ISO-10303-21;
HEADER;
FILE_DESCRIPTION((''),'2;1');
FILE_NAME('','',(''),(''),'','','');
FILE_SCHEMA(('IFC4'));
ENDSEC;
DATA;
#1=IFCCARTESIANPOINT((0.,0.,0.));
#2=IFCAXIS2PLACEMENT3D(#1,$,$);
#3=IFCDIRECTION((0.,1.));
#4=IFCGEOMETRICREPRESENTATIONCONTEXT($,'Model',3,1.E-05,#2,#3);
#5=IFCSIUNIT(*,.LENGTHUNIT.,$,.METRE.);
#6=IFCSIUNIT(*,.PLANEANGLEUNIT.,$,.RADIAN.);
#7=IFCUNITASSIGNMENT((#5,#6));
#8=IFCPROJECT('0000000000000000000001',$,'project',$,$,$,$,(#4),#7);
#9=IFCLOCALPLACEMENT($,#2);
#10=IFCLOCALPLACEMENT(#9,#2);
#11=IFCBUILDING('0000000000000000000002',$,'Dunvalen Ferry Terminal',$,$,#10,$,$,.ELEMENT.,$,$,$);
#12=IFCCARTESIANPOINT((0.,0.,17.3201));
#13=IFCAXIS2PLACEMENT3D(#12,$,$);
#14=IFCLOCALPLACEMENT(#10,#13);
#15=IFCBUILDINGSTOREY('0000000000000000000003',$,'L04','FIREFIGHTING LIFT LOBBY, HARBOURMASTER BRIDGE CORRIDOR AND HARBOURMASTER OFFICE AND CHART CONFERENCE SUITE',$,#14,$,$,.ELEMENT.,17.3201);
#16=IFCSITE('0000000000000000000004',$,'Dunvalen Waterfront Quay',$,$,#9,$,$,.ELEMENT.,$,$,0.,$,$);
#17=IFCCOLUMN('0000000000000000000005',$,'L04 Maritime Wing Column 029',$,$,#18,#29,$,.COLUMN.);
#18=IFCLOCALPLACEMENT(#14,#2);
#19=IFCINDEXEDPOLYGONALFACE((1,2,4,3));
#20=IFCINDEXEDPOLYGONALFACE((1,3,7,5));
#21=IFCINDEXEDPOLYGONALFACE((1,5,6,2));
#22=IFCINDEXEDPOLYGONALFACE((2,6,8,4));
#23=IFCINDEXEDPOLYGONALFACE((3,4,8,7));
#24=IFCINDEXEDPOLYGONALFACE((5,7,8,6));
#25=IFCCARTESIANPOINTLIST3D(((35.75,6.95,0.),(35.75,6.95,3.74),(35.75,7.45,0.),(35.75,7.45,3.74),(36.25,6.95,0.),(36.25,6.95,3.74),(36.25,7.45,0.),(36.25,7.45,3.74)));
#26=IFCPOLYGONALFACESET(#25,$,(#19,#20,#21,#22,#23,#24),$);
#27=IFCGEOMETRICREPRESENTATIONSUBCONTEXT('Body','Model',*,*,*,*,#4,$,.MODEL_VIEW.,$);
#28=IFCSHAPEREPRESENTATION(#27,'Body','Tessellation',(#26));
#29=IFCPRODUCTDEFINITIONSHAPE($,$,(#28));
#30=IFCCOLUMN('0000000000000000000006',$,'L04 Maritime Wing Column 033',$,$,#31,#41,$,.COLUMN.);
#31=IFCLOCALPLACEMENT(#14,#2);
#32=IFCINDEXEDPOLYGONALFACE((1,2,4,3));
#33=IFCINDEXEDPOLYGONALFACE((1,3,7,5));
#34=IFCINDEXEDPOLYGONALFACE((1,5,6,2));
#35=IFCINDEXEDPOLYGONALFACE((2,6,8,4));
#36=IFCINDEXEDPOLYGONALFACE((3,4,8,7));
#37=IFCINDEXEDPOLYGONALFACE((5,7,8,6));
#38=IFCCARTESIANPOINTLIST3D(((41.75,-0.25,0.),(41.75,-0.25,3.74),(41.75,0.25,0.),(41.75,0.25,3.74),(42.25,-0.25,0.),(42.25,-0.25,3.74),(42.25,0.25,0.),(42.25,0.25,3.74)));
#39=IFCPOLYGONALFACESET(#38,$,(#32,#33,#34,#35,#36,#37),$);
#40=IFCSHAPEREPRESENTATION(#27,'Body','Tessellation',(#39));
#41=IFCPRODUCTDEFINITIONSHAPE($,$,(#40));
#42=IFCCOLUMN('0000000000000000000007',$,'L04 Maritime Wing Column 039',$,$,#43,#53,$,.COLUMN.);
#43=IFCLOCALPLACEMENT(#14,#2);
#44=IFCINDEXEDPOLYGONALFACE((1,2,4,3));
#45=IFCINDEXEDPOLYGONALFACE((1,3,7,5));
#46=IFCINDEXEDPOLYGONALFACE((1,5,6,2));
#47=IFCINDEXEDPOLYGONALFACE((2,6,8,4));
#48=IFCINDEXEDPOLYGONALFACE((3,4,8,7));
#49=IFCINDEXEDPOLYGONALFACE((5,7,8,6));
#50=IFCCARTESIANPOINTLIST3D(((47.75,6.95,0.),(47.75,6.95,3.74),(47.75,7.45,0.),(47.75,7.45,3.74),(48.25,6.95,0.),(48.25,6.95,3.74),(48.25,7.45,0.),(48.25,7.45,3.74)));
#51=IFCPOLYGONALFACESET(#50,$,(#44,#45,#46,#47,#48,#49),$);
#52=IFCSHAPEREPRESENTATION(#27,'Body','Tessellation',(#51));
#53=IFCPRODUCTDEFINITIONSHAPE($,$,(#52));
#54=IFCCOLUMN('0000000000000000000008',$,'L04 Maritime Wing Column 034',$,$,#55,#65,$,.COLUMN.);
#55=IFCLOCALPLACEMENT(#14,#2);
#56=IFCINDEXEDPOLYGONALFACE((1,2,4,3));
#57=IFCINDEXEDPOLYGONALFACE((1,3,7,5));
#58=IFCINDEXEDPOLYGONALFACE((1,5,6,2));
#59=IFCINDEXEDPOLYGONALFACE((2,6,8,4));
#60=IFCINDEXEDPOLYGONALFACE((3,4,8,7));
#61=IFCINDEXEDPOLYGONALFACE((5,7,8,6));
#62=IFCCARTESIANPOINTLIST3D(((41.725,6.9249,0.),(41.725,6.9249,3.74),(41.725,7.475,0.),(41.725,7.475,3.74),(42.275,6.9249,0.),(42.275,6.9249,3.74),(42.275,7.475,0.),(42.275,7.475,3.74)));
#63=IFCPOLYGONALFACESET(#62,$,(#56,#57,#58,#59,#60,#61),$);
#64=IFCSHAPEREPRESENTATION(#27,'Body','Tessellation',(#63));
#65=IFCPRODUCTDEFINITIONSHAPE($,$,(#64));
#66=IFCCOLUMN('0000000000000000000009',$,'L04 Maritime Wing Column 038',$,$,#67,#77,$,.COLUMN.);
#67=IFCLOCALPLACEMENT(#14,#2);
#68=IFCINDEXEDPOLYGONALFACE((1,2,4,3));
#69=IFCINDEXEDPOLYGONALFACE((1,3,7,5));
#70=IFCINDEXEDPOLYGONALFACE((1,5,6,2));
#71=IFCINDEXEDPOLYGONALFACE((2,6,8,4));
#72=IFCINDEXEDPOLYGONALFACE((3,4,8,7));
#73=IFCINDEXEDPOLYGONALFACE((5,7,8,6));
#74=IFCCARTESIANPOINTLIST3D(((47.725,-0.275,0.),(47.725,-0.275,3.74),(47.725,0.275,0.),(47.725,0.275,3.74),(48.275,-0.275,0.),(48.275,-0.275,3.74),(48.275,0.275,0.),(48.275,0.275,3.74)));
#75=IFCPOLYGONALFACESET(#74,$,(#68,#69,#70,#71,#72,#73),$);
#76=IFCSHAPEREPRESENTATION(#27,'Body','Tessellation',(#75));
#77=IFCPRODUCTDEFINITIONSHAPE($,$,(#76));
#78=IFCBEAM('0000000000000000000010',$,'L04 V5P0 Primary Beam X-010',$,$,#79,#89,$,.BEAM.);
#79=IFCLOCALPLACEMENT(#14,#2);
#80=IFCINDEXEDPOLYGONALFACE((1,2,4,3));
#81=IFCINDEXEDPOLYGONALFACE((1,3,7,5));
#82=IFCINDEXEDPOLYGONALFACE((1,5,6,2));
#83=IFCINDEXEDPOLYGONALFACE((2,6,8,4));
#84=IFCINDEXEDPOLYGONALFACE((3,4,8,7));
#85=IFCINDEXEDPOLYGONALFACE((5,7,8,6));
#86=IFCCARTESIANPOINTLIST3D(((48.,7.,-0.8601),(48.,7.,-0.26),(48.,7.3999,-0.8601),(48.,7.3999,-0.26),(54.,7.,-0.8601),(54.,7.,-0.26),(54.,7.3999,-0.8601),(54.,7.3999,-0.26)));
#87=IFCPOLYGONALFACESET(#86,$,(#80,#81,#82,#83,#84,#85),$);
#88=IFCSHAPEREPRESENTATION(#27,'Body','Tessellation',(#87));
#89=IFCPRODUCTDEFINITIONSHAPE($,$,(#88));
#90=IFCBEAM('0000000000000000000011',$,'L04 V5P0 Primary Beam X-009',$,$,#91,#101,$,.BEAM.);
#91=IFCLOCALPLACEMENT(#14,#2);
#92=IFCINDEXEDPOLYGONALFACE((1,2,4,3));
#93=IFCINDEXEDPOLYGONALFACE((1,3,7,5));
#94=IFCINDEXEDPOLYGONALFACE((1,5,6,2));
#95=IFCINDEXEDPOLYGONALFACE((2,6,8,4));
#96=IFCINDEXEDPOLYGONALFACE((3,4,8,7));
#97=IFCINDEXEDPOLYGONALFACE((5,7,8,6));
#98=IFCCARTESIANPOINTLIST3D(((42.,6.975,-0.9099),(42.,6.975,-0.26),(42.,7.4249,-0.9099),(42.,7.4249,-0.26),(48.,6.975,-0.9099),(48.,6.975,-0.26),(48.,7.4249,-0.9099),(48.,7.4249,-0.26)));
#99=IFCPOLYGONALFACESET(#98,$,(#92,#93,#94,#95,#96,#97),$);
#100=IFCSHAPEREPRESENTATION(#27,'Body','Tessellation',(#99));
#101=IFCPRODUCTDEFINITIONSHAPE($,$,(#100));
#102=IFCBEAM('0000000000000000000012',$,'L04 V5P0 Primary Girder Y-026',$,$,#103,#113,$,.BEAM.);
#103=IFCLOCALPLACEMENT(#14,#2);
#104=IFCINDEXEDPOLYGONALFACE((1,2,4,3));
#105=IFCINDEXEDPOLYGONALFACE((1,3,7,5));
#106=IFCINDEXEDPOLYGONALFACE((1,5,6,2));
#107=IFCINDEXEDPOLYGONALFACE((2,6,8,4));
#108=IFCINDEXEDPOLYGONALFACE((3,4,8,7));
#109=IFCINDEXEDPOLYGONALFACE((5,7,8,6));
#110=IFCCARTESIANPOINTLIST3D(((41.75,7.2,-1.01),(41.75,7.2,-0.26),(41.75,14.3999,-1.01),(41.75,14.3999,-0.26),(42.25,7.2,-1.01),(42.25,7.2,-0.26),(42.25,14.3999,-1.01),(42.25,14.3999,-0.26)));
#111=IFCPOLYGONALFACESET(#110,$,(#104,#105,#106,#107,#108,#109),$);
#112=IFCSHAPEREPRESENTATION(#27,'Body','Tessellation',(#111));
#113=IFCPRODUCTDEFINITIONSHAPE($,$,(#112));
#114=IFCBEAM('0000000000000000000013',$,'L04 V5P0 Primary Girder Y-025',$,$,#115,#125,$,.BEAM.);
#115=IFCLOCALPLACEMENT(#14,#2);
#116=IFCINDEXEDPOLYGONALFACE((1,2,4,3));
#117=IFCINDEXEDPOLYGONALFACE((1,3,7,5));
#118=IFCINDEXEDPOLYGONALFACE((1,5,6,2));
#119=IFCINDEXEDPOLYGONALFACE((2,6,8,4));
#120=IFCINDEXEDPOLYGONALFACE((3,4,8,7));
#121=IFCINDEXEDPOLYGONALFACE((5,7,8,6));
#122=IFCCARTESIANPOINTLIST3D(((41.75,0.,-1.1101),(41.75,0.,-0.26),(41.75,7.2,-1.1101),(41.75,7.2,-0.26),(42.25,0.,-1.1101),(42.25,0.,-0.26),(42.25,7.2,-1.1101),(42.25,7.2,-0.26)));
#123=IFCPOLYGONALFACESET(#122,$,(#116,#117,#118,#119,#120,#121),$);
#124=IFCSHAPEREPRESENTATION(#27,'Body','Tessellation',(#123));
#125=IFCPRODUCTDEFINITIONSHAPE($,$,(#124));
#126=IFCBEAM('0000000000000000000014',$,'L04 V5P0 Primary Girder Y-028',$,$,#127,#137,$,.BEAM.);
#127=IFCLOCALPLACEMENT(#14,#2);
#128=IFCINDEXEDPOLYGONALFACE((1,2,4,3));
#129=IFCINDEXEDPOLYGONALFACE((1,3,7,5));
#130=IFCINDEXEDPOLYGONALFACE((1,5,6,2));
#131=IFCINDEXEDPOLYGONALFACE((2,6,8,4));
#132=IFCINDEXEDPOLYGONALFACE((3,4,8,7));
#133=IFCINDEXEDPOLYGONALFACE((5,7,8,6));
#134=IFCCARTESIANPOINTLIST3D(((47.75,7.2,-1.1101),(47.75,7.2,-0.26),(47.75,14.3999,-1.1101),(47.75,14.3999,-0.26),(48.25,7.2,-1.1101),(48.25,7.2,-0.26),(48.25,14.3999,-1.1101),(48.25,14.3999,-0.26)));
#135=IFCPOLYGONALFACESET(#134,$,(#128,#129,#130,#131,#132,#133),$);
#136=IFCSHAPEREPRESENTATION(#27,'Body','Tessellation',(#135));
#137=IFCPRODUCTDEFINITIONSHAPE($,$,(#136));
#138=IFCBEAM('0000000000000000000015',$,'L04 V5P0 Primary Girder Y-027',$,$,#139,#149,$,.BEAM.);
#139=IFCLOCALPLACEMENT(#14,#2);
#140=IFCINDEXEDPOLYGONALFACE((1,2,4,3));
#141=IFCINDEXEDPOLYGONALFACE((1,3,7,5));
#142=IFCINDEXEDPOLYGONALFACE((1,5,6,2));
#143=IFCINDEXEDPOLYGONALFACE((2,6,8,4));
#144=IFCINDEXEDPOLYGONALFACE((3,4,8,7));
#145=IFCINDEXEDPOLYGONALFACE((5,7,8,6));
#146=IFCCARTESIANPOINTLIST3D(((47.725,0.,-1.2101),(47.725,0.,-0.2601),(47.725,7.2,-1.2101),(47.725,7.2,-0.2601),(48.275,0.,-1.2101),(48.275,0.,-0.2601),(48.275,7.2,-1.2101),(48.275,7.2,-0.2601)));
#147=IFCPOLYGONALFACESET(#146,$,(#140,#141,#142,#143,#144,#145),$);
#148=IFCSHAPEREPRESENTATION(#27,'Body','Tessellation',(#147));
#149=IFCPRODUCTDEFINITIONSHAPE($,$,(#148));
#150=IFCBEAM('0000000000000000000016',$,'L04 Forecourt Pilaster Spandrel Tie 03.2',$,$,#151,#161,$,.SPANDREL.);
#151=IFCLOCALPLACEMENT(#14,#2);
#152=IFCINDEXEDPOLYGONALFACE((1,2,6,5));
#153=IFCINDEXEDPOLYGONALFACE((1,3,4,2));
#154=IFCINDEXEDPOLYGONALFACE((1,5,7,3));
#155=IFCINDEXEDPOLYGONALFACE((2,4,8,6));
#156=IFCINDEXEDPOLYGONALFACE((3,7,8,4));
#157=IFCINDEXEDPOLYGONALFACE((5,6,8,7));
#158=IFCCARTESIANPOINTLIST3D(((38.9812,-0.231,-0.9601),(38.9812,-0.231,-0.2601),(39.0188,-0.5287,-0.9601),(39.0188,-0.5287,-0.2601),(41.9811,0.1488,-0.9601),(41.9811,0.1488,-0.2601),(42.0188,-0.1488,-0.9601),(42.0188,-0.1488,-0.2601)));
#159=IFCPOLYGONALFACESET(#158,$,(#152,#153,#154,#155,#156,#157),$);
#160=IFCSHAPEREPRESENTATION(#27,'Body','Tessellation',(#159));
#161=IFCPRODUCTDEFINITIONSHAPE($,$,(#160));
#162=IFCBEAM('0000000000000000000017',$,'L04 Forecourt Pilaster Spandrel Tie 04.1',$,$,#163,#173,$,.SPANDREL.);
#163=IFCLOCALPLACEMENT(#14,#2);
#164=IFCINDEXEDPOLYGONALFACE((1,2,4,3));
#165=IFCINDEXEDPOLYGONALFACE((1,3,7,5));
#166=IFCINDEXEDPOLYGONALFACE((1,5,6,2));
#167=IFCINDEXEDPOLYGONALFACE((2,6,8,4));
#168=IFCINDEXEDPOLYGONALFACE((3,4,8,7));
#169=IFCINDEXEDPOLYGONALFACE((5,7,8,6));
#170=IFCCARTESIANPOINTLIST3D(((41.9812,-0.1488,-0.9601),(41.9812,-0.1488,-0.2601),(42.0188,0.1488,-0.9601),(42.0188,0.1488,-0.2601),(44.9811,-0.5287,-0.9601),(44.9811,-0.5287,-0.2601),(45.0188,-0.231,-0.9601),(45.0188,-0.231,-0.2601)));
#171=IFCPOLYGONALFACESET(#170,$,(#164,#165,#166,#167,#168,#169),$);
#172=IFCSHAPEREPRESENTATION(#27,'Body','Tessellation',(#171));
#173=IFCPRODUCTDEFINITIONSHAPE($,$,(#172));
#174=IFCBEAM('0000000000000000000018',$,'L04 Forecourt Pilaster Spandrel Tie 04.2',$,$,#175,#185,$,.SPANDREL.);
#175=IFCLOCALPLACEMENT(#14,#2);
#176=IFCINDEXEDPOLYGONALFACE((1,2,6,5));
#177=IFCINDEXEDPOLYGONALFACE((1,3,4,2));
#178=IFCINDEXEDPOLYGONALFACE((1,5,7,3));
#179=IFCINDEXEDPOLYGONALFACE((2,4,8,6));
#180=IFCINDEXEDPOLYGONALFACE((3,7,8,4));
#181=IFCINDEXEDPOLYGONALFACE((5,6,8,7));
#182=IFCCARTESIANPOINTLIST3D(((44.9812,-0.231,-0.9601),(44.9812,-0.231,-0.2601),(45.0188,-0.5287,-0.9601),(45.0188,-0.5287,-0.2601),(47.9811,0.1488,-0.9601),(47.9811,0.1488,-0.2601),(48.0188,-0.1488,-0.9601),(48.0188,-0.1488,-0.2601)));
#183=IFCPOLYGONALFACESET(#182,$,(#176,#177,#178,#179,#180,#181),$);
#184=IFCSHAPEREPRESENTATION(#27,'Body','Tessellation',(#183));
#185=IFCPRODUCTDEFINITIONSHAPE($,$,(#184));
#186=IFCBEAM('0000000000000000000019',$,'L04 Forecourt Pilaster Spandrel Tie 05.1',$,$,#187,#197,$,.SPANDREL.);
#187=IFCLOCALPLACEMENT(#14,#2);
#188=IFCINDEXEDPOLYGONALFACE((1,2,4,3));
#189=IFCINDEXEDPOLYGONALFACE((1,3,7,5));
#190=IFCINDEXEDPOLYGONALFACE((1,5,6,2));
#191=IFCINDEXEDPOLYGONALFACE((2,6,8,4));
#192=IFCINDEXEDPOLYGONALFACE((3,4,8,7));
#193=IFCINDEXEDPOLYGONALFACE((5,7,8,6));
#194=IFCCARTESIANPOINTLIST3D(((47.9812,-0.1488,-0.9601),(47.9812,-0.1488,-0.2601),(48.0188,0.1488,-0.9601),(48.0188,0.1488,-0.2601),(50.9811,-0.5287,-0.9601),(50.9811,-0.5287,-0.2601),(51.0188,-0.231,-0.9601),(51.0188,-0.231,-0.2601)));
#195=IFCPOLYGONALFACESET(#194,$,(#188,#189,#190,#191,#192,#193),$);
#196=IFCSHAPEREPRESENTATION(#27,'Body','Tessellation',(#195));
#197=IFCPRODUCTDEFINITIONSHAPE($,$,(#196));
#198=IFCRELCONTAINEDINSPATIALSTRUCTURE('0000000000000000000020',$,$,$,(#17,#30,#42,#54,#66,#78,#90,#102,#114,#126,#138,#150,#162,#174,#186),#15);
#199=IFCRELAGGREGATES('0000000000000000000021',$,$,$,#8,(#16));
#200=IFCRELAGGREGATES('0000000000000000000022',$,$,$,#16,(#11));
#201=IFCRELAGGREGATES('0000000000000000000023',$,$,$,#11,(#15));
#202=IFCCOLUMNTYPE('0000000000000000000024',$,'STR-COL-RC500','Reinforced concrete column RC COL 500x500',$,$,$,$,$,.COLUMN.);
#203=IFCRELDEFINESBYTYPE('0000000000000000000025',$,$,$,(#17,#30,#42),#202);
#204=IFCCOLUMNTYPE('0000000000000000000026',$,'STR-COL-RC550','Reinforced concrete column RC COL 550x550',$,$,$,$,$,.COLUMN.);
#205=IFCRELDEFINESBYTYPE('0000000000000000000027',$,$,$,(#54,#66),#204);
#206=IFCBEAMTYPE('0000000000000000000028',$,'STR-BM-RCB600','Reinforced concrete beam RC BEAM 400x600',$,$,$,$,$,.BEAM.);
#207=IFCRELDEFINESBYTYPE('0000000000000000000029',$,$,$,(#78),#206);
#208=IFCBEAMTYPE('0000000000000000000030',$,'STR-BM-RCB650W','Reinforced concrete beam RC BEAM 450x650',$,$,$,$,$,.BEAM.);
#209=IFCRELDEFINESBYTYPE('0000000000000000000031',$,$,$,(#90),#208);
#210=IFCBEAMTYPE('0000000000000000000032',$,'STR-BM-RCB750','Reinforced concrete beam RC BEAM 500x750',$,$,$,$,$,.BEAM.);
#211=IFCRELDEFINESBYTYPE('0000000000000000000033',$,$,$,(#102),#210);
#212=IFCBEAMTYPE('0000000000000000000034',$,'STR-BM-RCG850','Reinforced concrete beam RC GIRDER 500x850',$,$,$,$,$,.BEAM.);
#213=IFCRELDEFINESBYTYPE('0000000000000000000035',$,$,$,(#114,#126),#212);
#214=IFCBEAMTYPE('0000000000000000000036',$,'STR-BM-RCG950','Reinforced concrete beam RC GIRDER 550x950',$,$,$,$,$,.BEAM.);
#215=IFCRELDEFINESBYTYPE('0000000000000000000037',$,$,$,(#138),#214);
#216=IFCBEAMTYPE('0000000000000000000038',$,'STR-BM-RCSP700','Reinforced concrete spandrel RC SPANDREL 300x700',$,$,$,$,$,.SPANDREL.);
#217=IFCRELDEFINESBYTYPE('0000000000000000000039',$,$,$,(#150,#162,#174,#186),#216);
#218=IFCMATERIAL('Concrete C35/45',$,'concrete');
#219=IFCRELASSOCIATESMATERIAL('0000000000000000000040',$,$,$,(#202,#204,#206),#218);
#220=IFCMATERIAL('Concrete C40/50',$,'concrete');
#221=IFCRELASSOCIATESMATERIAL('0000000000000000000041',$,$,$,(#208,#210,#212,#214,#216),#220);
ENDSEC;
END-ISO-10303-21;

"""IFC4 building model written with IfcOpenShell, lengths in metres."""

from ifc_helpers import new_model, si_unit, direction, frame, origin, origin_2d, place, context, subcontext, project, spatial, rectangle, extrude, material, material_profile, profile_set, type_object, element, save


model = new_model("IFC4")

# Units and contexts
model_context = context("Model", 3, precision=1e-05, world=origin(), true_north=direction((0.0, 1.0)))
body_context = subcontext(model_context, "Body", "Model", "MODEL_VIEW")
ifc_project = project(units=[si_unit("LENGTHUNIT", "METRE"), si_unit("PLANEANGLEUNIT", "RADIAN")], contexts=[model_context])

# Site, building, storey
site_placement = place(None, origin())
site = spatial("IfcSite", under=ifc_project, at=site_placement, Name="Dunvalen Waterfront Quay", CompositionType="ELEMENT", RefElevation=0.0)
building_placement = place(site_placement, origin())
building = spatial("IfcBuilding", under=site, at=building_placement, Name="Dunvalen Ferry Terminal", CompositionType="ELEMENT")
storey_placement = place(building_placement, frame((0.0, 0.0, 17.3201)))
storey = spatial("IfcBuildingStorey", under=building, at=storey_placement, Name="L04", Description="FIREFIGHTING LIFT LOBBY, HARBOURMASTER BRIDGE CORRIDOR AND HARBOURMASTER OFFICE AND CHART CONFERENCE SUITE", CompositionType="ELEMENT", Elevation=17.3201)

# Columns
ifc_material_1 = material(Name="Concrete C35/45", Category="concrete")
ifc_material_profile_1 = material_profile(ifc_material_1, rectangle(XDim=0.5, YDim=0.5, at=origin_2d()), Name="Concrete C35/45")
ifc_profile_set_1 = profile_set([ifc_material_profile_1], Name="Concrete C35/45")
column_type_1 = type_object("IfcColumnType", Name="STR-COL-RC500", Description="Reinforced concrete column RC COL 500x500", PredefinedType="COLUMN", material=ifc_profile_set_1)
for number, where, z_axis, x_axis, name in (
    (1, (36.0, 7.2, 0.0), (0.0, 0.0, 1.0), (1.0, 0.0, 0.0), "L04 Maritime Wing Column 029"),
    (2, (42.0, 0.0, 0.0), (0.0, 0.0, 1.0), (1.0, 0.0, 0.0), "L04 Maritime Wing Column 033"),
    (3, (48.0, 7.2, 0.0), (0.0, 0.0, 1.0), (1.0, 0.0, 0.0), "L04 Maritime Wing Column 039"),
):
    element("IfcColumn", number, at=place(storey_placement, frame(where, z_axis=z_axis, x_axis=x_axis)), inside=storey, type_object=column_type_1, Name=name, PredefinedType="COLUMN", context=body_context, shape_type="SweptSolid", body=[
        extrude(rectangle(XDim=0.5, YDim=0.5, at=origin_2d()), origin(), (0.0, 0.0, 1.0), 3.74),
    ])
ifc_material_profile_2 = material_profile(ifc_material_1, rectangle(XDim=0.55, YDim=0.55, at=origin_2d()), Name="Concrete C35/45")
ifc_profile_set_2 = profile_set([ifc_material_profile_2], Name="Concrete C35/45")
column_type_2 = type_object("IfcColumnType", Name="STR-COL-RC550", Description="Reinforced concrete column RC COL 550x550", PredefinedType="COLUMN", material=ifc_profile_set_2)
for number, where, z_axis, x_axis, name in (
    (4, (42.0, 7.2, 0.0), (0.0, 0.0, 1.0), (1.0, 0.0, 0.0), "L04 Maritime Wing Column 034"),
    (5, (48.0, 0.0, 0.0), (0.0, 0.0, 1.0), (1.0, 0.0, 0.0), "L04 Maritime Wing Column 038"),
):
    element("IfcColumn", number, at=place(storey_placement, frame(where, z_axis=z_axis, x_axis=x_axis)), inside=storey, type_object=column_type_2, Name=name, PredefinedType="COLUMN", context=body_context, shape_type="SweptSolid", body=[
        extrude(rectangle(XDim=0.55, YDim=0.55, at=origin_2d()), origin(), (0.0, 0.0, 1.0), 3.74),
    ])

# Beams
ifc_material_profile_3 = material_profile(ifc_material_1, rectangle(XDim=0.3999, YDim=0.6001, at=origin_2d()), Name="Concrete C35/45")
ifc_profile_set_3 = profile_set([ifc_material_profile_3], Name="Concrete C35/45")
beam_type_1 = type_object("IfcBeamType", Name="STR-BM-RCB600", Description="Reinforced concrete beam RC BEAM 400x600", PredefinedType="BEAM", material=ifc_profile_set_3)
beam_1_placement = place(storey_placement, frame((48.0, 7.2, -0.5601), z_axis=(1.0, 0.0, 0.0), x_axis=(0.0, 1.0, 0.0)))
element("IfcBeam", 6, at=beam_1_placement, inside=storey, type_object=beam_type_1, Name="L04 V5P0 Primary Beam X-010", PredefinedType="BEAM", context=body_context, shape_type="SweptSolid", body=[
    extrude(rectangle(XDim=0.3999, YDim=0.6001, at=origin_2d()), origin(), (0.0, 0.0, 1.0), 6.0),
])
ifc_material_2 = material(Name="Concrete C40/50", Category="concrete")
ifc_material_profile_4 = material_profile(ifc_material_2, rectangle(XDim=0.45, YDim=0.6499, at=origin_2d()), Name="Concrete C40/50")
ifc_profile_set_4 = profile_set([ifc_material_profile_4], Name="Concrete C40/50")
beam_type_2 = type_object("IfcBeamType", Name="STR-BM-RCB650W", Description="Reinforced concrete beam RC BEAM 450x650", PredefinedType="BEAM", material=ifc_profile_set_4)
beam_2_placement = place(storey_placement, frame((42.0, 7.2, -0.585), z_axis=(1.0, 0.0, 0.0), x_axis=(0.0, 1.0, 0.0)))
element("IfcBeam", 7, at=beam_2_placement, inside=storey, type_object=beam_type_2, Name="L04 V5P0 Primary Beam X-009", PredefinedType="BEAM", context=body_context, shape_type="SweptSolid", body=[
    extrude(rectangle(XDim=0.45, YDim=0.6499, at=origin_2d()), origin(), (0.0, 0.0, 1.0), 6.0),
])
ifc_material_profile_5 = material_profile(ifc_material_2, rectangle(XDim=0.5, YDim=0.75, at=origin_2d()), Name="Concrete C40/50")
ifc_profile_set_5 = profile_set([ifc_material_profile_5], Name="Concrete C40/50")
beam_type_3 = type_object("IfcBeamType", Name="STR-BM-RCB750", Description="Reinforced concrete beam RC BEAM 500x750", PredefinedType="BEAM", material=ifc_profile_set_5)
beam_3_placement = place(storey_placement, frame((42.0, 7.2, -0.635), z_axis=(0.0, 1.0, 0.0), x_axis=(-1.0, 0.0, 0.0)))
element("IfcBeam", 8, at=beam_3_placement, inside=storey, type_object=beam_type_3, Name="L04 V5P0 Primary Girder Y-026", PredefinedType="BEAM", context=body_context, shape_type="SweptSolid", body=[
    extrude(rectangle(XDim=0.5, YDim=0.75, at=origin_2d()), origin(), (0.0, 0.0, 1.0), 7.2),
])
ifc_material_profile_6 = material_profile(ifc_material_2, rectangle(XDim=0.5, YDim=0.8501, at=origin_2d()), Name="Concrete C40/50")
ifc_profile_set_6 = profile_set([ifc_material_profile_6], Name="Concrete C40/50")
beam_type_4 = type_object("IfcBeamType", Name="STR-BM-RCG850", Description="Reinforced concrete beam RC GIRDER 500x850", PredefinedType="BEAM", material=ifc_profile_set_6)
for number, where, z_axis, x_axis, name in (
    (9, (42.0, 0.0, -0.6851), (0.0, 1.0, 0.0), (-1.0, 0.0, 0.0), "L04 V5P0 Primary Girder Y-025"),
    (10, (48.0, 7.2, -0.6851), (0.0, 1.0, 0.0), (-1.0, 0.0, 0.0), "L04 V5P0 Primary Girder Y-028"),
):
    element("IfcBeam", number, at=place(storey_placement, frame(where, z_axis=z_axis, x_axis=x_axis)), inside=storey, type_object=beam_type_4, Name=name, PredefinedType="BEAM", context=body_context, shape_type="SweptSolid", body=[
        extrude(rectangle(XDim=0.5, YDim=0.8501, at=origin_2d()), origin(), (0.0, 0.0, 1.0), 7.2),
    ])
ifc_material_profile_7 = material_profile(ifc_material_2, rectangle(XDim=0.55, YDim=0.95, at=origin_2d()), Name="Concrete C40/50")
ifc_profile_set_7 = profile_set([ifc_material_profile_7], Name="Concrete C40/50")
beam_type_5 = type_object("IfcBeamType", Name="STR-BM-RCG950", Description="Reinforced concrete beam RC GIRDER 550x950", PredefinedType="BEAM", material=ifc_profile_set_7)
beam_4_placement = place(storey_placement, frame((48.0, 0.0, -0.7351), z_axis=(0.0, 1.0, 0.0), x_axis=(-1.0, 0.0, 0.0)))
element("IfcBeam", 11, at=beam_4_placement, inside=storey, type_object=beam_type_5, Name="L04 V5P0 Primary Girder Y-027", PredefinedType="BEAM", context=body_context, shape_type="SweptSolid", body=[
    extrude(rectangle(XDim=0.55, YDim=0.95, at=origin_2d()), origin(), (0.0, 0.0, 1.0), 7.2),
])
ifc_material_profile_8 = material_profile(ifc_material_2, rectangle(XDim=0.3, YDim=0.7, at=origin_2d()), Name="Concrete C40/50")
ifc_profile_set_8 = profile_set([ifc_material_profile_8], Name="Concrete C40/50")
beam_type_6 = type_object("IfcBeamType", Name="STR-BM-RCSP700", Description="Reinforced concrete spandrel RC SPANDREL 300x700", PredefinedType="SPANDREL", material=ifc_profile_set_8)
for number, where, z_axis, x_axis, name in (
    (12, (39.0, -0.3799, -0.6101), (0.992078, 0.125624, 0.0), (-0.125624, 0.992078, 0.0), "L04 Forecourt Pilaster Spandrel Tie 03.2"),
    (13, (42.0, 0.0, -0.6101), (0.992078, -0.125624, 0.0), (0.125624, 0.992078, 0.0), "L04 Forecourt Pilaster Spandrel Tie 04.1"),
    (14, (45.0, -0.3799, -0.6101), (0.992078, 0.125624, 0.0), (-0.125624, 0.992078, 0.0), "L04 Forecourt Pilaster Spandrel Tie 04.2"),
    (15, (48.0, 0.0, -0.6101), (0.992078, -0.125624, 0.0), (0.125624, 0.992078, 0.0), "L04 Forecourt Pilaster Spandrel Tie 05.1"),
):
    element("IfcBeam", number, at=place(storey_placement, frame(where, z_axis=z_axis, x_axis=x_axis)), inside=storey, type_object=beam_type_6, Name=name, PredefinedType="SPANDREL", context=body_context, shape_type="SweptSolid", body=[
        extrude(rectangle(XDim=0.3, YDim=0.7, at=origin_2d()), origin(), (0.0, 0.0, 1.0), 3.0239),
    ])

save(model, "model.ifc")
